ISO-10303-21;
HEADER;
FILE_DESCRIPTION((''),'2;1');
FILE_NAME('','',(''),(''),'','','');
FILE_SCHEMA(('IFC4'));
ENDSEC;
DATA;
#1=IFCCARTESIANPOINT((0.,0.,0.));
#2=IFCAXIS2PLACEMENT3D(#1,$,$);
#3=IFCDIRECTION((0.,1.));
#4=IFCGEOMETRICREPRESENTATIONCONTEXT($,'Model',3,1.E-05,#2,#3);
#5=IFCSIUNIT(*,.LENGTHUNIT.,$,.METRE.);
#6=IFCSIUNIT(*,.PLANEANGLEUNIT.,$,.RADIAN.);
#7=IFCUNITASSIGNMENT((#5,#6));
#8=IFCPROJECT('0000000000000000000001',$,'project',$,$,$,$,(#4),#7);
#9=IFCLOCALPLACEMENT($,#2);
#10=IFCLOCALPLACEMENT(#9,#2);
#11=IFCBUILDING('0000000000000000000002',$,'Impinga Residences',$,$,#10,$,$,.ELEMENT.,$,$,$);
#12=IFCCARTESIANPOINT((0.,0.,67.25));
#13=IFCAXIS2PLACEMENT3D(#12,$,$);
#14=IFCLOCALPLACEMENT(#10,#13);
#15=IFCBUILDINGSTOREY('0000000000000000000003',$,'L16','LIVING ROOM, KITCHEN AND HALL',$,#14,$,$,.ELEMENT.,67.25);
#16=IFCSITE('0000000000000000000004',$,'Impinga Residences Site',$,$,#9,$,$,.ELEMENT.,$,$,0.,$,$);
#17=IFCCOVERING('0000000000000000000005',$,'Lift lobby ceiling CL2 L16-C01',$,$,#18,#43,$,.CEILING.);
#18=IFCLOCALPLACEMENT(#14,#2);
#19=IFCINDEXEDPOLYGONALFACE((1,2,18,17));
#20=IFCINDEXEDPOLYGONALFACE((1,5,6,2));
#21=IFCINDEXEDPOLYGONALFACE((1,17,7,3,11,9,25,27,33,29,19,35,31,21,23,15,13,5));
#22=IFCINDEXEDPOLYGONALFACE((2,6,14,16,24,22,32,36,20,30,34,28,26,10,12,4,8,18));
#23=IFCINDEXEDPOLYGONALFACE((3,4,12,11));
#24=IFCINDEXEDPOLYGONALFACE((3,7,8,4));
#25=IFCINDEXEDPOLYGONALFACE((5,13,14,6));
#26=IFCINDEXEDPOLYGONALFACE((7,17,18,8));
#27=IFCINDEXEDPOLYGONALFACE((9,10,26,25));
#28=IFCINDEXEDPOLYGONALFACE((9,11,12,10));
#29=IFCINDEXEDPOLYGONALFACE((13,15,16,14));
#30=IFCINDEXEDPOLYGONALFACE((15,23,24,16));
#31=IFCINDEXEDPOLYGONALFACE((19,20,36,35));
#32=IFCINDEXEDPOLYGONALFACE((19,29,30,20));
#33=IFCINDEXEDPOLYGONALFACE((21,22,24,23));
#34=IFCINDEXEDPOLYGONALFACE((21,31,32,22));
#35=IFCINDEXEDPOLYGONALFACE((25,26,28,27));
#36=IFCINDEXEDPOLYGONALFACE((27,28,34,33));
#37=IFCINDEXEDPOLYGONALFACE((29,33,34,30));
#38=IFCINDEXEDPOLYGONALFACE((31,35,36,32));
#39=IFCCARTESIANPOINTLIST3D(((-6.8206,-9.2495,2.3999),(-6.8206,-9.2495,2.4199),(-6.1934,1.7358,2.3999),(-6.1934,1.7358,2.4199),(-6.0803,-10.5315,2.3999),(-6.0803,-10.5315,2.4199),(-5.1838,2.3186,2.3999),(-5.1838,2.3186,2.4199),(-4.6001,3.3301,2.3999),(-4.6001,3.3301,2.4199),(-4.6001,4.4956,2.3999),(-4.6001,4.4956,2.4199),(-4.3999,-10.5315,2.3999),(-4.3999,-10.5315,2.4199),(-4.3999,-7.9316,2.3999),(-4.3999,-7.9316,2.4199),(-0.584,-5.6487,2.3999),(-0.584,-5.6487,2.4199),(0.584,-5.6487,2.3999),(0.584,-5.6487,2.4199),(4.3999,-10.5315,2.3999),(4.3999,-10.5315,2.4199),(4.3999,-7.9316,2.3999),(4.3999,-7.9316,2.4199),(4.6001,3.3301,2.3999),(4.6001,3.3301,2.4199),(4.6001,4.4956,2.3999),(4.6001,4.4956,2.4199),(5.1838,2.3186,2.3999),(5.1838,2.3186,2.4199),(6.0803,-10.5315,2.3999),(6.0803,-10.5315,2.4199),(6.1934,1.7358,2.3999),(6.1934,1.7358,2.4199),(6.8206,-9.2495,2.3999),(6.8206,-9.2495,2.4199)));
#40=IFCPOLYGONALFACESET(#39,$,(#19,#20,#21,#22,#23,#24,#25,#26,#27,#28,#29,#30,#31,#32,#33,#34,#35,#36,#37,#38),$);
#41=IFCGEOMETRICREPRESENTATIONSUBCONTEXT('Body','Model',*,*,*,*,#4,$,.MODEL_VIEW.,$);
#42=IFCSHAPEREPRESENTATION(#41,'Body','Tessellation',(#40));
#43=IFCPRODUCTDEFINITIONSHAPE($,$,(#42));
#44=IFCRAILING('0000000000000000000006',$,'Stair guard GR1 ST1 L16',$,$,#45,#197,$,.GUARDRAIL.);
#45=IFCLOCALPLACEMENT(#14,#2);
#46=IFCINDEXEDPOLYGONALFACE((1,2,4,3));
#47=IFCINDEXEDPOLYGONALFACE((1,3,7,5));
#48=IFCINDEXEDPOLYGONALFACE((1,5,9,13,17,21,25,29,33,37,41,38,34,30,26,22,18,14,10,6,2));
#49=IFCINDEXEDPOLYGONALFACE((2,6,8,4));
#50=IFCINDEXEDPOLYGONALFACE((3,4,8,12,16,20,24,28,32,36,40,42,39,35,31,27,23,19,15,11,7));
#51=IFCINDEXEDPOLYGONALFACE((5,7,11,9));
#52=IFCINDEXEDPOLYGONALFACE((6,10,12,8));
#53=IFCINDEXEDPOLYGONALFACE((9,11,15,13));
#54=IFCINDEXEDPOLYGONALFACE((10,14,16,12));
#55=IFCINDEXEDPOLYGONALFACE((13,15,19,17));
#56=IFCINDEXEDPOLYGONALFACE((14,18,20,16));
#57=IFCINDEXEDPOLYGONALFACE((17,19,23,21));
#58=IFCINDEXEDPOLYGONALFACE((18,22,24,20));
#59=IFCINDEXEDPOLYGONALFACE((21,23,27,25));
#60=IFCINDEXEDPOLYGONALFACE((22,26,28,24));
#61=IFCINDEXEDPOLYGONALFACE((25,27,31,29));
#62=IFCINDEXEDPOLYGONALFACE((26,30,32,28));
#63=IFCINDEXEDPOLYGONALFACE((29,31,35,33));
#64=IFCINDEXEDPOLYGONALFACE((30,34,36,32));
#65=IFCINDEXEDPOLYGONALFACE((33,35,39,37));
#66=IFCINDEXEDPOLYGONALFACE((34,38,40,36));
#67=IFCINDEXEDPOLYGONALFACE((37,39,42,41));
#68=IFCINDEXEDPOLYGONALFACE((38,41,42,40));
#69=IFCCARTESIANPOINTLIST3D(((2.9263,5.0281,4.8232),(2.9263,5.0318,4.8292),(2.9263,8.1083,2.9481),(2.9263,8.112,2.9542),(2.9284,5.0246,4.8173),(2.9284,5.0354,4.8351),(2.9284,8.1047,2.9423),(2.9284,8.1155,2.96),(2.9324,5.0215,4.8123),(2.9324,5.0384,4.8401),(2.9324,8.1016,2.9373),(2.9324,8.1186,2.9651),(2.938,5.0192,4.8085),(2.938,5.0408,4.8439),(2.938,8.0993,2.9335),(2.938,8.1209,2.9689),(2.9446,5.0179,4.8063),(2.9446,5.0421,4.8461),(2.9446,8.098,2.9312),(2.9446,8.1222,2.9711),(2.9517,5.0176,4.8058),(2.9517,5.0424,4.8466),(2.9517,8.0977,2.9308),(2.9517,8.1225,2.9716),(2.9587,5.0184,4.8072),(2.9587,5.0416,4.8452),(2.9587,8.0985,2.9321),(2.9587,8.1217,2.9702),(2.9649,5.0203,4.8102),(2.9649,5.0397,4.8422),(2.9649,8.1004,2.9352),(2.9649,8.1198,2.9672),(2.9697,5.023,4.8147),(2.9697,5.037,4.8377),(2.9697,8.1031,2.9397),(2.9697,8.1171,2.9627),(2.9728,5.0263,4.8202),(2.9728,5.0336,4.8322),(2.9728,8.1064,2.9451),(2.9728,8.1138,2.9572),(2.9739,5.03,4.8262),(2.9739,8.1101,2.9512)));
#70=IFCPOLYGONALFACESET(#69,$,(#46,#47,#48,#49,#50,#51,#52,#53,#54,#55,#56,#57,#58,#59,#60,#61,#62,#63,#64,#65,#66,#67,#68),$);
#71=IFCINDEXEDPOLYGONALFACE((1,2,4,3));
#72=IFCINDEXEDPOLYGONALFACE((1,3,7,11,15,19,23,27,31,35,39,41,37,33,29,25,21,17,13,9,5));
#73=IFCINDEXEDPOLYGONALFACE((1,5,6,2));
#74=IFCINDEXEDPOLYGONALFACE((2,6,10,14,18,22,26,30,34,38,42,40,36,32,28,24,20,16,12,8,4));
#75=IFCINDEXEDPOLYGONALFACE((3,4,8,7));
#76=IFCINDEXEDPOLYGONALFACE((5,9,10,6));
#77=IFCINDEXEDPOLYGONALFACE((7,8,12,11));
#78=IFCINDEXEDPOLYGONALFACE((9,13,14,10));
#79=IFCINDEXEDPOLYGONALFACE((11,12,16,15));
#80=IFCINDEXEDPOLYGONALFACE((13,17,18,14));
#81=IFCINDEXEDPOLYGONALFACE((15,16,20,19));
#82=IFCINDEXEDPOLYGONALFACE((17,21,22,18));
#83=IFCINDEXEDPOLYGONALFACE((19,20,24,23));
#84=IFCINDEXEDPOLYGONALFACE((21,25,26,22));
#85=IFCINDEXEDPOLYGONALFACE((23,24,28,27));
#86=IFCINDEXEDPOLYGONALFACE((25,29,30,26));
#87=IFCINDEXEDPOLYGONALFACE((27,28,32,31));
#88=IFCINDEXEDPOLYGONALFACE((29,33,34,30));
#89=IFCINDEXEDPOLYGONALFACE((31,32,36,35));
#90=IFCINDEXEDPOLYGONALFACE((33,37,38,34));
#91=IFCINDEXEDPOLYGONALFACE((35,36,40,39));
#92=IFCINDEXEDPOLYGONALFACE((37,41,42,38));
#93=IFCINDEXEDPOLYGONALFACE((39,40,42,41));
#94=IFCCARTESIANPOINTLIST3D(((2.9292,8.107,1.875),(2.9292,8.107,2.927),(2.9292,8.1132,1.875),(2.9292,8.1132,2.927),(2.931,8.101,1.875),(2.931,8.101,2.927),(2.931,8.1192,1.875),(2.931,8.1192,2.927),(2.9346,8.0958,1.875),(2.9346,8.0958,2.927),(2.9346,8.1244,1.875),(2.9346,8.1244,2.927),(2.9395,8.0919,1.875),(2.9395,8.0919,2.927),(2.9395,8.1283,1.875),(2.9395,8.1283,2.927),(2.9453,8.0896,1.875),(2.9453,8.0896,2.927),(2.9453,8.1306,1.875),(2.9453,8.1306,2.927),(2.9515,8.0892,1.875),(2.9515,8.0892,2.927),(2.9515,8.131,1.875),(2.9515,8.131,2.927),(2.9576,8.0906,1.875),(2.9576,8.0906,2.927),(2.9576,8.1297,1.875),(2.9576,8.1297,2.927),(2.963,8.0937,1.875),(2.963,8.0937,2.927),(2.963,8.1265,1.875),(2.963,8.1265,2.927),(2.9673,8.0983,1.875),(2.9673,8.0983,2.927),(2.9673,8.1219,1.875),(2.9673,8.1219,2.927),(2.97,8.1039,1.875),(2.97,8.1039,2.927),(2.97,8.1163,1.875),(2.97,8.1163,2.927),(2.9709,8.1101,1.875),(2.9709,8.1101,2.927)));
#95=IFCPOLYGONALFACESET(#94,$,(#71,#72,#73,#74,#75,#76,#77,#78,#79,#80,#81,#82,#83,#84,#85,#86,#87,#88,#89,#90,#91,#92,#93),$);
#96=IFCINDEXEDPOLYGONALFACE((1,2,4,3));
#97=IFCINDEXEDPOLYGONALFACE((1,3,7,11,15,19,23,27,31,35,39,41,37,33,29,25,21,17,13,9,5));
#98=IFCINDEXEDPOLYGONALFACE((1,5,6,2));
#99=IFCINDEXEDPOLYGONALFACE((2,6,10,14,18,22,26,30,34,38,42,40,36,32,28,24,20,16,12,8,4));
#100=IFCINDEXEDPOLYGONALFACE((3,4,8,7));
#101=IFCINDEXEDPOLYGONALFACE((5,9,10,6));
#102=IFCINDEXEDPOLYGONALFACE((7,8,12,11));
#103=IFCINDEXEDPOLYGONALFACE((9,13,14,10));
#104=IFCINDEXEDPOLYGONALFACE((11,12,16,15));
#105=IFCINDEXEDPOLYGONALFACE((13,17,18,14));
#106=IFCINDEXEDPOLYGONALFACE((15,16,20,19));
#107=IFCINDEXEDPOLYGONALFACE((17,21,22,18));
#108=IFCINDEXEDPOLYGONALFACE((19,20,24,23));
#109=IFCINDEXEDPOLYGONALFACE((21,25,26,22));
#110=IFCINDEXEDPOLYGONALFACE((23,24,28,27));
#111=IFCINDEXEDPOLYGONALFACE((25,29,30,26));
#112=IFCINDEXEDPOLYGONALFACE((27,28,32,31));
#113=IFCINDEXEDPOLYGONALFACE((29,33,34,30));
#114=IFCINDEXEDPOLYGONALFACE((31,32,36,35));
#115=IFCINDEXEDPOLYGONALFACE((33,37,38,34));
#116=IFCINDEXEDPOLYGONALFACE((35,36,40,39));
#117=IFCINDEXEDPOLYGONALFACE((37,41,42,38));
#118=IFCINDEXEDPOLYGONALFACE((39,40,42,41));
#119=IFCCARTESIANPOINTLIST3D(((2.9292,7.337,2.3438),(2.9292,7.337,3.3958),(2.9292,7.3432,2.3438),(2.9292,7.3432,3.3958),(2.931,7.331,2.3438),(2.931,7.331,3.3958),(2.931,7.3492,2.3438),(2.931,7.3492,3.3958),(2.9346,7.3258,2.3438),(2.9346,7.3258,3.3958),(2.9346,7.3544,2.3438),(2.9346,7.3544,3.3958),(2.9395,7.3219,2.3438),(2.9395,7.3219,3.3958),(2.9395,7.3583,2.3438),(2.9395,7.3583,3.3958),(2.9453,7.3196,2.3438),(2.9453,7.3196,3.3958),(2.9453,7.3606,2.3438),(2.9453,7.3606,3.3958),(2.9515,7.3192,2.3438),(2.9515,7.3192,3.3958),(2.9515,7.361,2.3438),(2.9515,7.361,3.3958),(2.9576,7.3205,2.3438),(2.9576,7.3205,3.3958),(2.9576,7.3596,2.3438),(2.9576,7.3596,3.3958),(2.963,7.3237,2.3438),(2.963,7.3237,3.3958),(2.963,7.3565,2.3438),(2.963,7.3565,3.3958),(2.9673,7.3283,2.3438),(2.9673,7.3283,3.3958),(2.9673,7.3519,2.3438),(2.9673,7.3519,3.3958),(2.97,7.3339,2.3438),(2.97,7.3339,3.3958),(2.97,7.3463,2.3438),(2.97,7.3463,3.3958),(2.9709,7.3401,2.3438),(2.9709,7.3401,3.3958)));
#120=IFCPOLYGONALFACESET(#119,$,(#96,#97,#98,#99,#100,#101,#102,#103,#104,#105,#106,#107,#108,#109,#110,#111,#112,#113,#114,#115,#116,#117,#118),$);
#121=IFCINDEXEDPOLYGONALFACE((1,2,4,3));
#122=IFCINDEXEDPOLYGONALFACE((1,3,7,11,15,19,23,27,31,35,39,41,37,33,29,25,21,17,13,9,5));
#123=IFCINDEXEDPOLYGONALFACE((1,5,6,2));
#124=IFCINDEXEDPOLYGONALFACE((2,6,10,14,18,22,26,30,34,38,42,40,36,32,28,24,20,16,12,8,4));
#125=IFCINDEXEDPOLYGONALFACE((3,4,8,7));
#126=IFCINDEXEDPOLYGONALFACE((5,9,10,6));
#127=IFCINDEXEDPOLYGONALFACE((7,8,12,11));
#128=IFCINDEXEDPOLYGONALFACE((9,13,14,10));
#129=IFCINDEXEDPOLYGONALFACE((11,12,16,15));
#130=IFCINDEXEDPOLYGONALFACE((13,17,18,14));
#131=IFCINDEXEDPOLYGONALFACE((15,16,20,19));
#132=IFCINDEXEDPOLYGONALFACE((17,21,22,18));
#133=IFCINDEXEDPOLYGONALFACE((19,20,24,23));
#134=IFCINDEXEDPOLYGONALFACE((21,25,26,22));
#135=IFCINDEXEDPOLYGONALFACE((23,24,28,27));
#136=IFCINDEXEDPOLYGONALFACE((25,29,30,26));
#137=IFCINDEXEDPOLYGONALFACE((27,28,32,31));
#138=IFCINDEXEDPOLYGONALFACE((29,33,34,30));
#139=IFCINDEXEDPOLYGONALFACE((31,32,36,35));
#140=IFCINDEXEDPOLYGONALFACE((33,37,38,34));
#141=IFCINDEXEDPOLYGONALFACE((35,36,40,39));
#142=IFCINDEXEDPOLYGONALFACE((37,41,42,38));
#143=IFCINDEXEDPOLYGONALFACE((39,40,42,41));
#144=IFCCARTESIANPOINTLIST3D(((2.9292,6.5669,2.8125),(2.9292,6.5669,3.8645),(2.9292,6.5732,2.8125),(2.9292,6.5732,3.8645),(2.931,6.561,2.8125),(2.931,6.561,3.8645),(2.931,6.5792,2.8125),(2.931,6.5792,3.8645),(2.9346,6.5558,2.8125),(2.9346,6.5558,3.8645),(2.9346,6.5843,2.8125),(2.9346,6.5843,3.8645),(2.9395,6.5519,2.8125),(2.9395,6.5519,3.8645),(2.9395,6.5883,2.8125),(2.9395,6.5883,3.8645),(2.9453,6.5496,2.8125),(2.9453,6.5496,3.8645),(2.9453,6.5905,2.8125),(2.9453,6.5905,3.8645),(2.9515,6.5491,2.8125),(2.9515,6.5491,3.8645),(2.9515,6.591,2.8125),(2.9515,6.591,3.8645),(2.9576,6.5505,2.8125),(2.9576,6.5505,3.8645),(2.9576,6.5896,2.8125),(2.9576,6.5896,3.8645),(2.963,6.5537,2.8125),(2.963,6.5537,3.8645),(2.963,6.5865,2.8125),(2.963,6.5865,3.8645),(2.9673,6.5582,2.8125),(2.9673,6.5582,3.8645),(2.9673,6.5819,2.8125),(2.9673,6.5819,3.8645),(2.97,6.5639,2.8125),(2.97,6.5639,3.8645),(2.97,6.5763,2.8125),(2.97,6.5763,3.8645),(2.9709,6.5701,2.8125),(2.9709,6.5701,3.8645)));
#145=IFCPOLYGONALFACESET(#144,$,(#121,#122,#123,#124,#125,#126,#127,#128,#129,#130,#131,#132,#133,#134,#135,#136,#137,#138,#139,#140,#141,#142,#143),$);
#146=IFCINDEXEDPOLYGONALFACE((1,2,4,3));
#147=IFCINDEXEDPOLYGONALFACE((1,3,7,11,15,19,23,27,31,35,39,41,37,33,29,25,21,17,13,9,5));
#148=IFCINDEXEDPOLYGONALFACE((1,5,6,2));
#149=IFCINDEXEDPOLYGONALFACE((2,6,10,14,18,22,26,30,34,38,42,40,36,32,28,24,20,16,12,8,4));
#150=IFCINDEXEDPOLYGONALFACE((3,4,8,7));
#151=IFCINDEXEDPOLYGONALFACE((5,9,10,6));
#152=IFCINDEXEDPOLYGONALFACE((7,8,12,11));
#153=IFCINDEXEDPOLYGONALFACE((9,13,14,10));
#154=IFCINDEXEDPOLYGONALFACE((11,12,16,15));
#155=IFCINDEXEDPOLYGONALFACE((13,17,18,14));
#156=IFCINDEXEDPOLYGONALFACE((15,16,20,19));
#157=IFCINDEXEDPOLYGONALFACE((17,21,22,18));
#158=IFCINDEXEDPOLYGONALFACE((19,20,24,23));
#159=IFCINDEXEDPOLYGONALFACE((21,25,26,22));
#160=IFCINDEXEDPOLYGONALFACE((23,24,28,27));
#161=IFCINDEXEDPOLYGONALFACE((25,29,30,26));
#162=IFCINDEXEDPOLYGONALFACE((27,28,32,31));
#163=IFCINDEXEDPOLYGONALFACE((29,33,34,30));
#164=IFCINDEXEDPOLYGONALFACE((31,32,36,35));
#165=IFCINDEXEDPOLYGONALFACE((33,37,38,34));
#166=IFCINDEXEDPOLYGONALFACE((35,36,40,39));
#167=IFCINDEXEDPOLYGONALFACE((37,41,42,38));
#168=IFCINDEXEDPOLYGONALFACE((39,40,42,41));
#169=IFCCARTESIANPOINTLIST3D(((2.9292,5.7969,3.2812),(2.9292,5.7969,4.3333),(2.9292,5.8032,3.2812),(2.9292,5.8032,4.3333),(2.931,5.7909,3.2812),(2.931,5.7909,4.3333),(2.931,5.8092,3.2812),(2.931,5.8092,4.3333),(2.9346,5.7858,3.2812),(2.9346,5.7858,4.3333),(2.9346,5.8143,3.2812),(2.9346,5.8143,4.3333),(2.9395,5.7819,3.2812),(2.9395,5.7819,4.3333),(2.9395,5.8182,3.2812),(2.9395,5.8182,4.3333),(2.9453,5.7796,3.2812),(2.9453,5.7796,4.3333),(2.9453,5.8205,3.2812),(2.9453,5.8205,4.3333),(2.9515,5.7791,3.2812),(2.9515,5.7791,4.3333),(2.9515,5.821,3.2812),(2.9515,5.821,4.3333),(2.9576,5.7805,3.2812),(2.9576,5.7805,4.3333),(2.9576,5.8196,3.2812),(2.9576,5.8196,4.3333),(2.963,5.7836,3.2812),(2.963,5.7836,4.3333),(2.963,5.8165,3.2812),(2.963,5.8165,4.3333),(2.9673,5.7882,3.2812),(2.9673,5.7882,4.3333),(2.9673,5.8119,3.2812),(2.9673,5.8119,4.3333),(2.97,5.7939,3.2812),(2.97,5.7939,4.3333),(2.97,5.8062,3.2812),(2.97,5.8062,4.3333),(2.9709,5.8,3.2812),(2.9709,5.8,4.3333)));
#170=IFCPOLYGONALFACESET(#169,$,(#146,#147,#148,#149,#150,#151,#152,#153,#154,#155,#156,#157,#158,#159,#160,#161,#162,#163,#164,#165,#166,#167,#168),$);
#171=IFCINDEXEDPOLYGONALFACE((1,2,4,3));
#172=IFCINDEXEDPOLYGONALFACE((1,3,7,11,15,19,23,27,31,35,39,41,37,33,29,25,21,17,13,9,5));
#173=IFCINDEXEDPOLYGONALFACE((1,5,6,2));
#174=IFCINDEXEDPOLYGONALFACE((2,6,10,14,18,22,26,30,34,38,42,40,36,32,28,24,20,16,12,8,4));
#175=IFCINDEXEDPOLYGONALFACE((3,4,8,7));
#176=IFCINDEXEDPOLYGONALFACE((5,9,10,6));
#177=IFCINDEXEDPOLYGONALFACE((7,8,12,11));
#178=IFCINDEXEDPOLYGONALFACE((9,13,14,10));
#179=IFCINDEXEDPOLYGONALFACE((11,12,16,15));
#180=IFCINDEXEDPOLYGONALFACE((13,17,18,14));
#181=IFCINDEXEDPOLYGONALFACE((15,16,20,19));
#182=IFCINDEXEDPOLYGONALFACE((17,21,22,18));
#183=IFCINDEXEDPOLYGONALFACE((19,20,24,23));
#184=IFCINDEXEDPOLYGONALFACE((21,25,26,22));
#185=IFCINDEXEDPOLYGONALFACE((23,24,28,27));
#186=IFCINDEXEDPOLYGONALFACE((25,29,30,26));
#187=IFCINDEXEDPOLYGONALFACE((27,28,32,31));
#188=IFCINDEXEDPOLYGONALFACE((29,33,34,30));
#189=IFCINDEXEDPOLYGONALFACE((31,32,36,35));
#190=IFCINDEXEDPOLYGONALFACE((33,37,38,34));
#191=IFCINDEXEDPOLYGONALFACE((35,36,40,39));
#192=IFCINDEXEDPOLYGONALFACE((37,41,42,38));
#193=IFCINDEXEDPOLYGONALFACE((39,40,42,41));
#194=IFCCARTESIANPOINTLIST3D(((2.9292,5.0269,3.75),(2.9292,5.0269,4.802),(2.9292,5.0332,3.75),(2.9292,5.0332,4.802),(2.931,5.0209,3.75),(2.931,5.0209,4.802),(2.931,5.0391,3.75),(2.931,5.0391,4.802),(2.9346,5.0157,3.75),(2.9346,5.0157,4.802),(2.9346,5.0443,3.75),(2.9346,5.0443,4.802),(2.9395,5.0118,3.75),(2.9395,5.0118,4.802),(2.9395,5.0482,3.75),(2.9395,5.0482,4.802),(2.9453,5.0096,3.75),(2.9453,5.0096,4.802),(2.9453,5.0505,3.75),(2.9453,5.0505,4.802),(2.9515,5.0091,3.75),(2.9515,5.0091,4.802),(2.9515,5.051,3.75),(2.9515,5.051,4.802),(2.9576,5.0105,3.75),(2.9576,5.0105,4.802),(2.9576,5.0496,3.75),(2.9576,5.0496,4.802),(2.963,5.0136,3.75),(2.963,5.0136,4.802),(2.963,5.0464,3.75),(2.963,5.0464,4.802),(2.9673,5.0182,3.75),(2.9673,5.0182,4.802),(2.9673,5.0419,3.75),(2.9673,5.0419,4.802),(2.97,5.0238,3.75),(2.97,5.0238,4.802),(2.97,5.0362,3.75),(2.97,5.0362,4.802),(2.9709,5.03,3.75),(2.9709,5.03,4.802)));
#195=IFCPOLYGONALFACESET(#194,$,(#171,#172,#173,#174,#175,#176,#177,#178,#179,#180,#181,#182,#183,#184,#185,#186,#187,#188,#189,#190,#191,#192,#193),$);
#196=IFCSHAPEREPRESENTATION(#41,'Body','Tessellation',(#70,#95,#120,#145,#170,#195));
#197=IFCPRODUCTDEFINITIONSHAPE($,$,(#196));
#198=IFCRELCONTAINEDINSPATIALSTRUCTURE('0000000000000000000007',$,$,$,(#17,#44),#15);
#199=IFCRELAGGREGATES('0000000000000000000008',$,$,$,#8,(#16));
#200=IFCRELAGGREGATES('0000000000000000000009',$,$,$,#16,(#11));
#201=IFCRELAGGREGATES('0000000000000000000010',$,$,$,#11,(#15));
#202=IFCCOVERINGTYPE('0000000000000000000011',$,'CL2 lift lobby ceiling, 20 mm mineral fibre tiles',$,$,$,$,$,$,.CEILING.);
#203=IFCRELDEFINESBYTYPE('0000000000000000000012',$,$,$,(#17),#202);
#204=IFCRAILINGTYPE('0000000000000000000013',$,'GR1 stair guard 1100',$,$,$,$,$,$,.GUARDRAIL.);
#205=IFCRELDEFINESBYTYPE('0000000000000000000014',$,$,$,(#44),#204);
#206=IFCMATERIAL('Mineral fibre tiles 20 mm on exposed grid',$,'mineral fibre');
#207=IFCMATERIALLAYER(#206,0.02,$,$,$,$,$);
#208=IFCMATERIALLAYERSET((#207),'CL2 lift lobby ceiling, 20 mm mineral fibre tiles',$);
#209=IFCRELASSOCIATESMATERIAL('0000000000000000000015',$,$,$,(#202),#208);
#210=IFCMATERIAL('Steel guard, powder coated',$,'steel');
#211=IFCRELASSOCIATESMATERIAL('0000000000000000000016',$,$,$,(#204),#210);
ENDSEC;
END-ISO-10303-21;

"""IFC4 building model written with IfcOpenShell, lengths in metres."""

from ifc_helpers import new_model, si_unit, direction, frame, origin, origin_2d, place, context, subcontext, project, spatial, polyline, circle, outline, extrude, material, layer, layer_set, type_object, element, save


model = new_model("IFC4")

# Units and contexts
model_context = context("Model", 3, precision=1e-05, world=origin(), true_north=direction((0.0, 1.0)))
body_context = subcontext(model_context, "Body", "Model", "MODEL_VIEW")
ifc_project = project(units=[si_unit("LENGTHUNIT", "METRE"), si_unit("PLANEANGLEUNIT", "RADIAN")], contexts=[model_context])

# Site, building, storey
site_placement = place(None, origin())
site = spatial("IfcSite", under=ifc_project, at=site_placement, Name="Impinga Residences Site", CompositionType="ELEMENT", RefElevation=0.0)
building_placement = place(site_placement, origin())
building = spatial("IfcBuilding", under=site, at=building_placement, Name="Impinga Residences", CompositionType="ELEMENT")
storey_placement = place(building_placement, frame((0.0, 0.0, 67.25)))
storey = spatial("IfcBuildingStorey", under=building, at=storey_placement, Name="L16", Description="LIVING ROOM, KITCHEN AND HALL", CompositionType="ELEMENT", Elevation=67.25)

# Covering
ifc_material_1 = material(Name="Mineral fibre tiles 20 mm on exposed grid", Category="mineral fibre")
ifc_layer_1 = layer(ifc_material_1, 0.02)
ifc_layer_set_1 = layer_set([ifc_layer_1], Name="CL2 lift lobby ceiling, 20 mm mineral fibre tiles")
covering_type_1 = type_object("IfcCoveringType", Name="CL2 lift lobby ceiling, 20 mm mineral fibre tiles", PredefinedType="CEILING", material=ifc_layer_set_1)
covering_1_placement = place(storey_placement, frame((0.0, 0.0, 2.3999)))
element("IfcCovering", 1, at=covering_1_placement, inside=storey, type_object=covering_type_1, Name="Lift lobby ceiling CL2 L16-C01", PredefinedType="CEILING", context=body_context, shape_type="SweptSolid", body=[
    extrude(outline(polyline([(6.0803, -10.5315), (4.3999, -10.5315), (4.3999, -7.9316), (-4.3999, -7.9316), (-4.3999, -10.5315), (-6.0803, -10.5315), (-6.8206, -9.2495), (-0.584, -5.6487), (-5.1838, 2.3186), (-6.1934, 1.7358), (-4.6001, 4.4956), (-4.6001, 3.3301), (4.6001, 3.3301), (4.6001, 4.4956), (6.1934, 1.7358), (5.1838, 2.3186), (0.584, -5.6487), (6.8206, -9.2495), (6.0803, -10.5315)])), origin(), (0.0, 0.0, 1.0), 0.02),
])

# Railing
ifc_material_2 = material(Name="Steel guard, powder coated", Category="steel")
railing_type_1 = type_object("IfcRailingType", Name="GR1 stair guard 1100", PredefinedType="GUARDRAIL", material=ifc_material_2)
railing_1_placement = place(storey_placement, frame((2.95, 8.1101, 1.875)))
element("IfcRailing", 2, at=railing_1_placement, inside=storey, type_object=railing_type_1, Name="Stair guard GR1 ST1 L16", PredefinedType="GUARDRAIL", context=body_context, shape_type="SweptSolid", body=[
    extrude(circle(Radius=0.0239, at=origin_2d()), frame((0.0, 0.0, 1.0762), z_axis=(0.0, -0.854178, 0.519981), x_axis=(1.0, 0.0, 0.0)), (0.0, 0.0, 1.0), 3.606),
    extrude(circle(Radius=0.021, at=origin_2d()), origin(), (0.0, 0.0, 1.0), 1.052),
    extrude(circle(Radius=0.021, at=origin_2d()), frame((0.0, -0.77, 0.4688)), (0.0, 0.0, 1.0), 1.052),
    extrude(circle(Radius=0.021, at=origin_2d()), frame((0.0, -1.54, 0.9375)), (0.0, 0.0, 1.0), 1.052),
    extrude(circle(Radius=0.021, at=origin_2d()), frame((0.0, -2.3101, 1.4062)), (0.0, 0.0, 1.0), 1.052),
    extrude(circle(Radius=0.021, at=origin_2d()), frame((0.0, -3.0801, 1.875)), (0.0, 0.0, 1.0), 1.052),
])

save(model, "model.ifc")
